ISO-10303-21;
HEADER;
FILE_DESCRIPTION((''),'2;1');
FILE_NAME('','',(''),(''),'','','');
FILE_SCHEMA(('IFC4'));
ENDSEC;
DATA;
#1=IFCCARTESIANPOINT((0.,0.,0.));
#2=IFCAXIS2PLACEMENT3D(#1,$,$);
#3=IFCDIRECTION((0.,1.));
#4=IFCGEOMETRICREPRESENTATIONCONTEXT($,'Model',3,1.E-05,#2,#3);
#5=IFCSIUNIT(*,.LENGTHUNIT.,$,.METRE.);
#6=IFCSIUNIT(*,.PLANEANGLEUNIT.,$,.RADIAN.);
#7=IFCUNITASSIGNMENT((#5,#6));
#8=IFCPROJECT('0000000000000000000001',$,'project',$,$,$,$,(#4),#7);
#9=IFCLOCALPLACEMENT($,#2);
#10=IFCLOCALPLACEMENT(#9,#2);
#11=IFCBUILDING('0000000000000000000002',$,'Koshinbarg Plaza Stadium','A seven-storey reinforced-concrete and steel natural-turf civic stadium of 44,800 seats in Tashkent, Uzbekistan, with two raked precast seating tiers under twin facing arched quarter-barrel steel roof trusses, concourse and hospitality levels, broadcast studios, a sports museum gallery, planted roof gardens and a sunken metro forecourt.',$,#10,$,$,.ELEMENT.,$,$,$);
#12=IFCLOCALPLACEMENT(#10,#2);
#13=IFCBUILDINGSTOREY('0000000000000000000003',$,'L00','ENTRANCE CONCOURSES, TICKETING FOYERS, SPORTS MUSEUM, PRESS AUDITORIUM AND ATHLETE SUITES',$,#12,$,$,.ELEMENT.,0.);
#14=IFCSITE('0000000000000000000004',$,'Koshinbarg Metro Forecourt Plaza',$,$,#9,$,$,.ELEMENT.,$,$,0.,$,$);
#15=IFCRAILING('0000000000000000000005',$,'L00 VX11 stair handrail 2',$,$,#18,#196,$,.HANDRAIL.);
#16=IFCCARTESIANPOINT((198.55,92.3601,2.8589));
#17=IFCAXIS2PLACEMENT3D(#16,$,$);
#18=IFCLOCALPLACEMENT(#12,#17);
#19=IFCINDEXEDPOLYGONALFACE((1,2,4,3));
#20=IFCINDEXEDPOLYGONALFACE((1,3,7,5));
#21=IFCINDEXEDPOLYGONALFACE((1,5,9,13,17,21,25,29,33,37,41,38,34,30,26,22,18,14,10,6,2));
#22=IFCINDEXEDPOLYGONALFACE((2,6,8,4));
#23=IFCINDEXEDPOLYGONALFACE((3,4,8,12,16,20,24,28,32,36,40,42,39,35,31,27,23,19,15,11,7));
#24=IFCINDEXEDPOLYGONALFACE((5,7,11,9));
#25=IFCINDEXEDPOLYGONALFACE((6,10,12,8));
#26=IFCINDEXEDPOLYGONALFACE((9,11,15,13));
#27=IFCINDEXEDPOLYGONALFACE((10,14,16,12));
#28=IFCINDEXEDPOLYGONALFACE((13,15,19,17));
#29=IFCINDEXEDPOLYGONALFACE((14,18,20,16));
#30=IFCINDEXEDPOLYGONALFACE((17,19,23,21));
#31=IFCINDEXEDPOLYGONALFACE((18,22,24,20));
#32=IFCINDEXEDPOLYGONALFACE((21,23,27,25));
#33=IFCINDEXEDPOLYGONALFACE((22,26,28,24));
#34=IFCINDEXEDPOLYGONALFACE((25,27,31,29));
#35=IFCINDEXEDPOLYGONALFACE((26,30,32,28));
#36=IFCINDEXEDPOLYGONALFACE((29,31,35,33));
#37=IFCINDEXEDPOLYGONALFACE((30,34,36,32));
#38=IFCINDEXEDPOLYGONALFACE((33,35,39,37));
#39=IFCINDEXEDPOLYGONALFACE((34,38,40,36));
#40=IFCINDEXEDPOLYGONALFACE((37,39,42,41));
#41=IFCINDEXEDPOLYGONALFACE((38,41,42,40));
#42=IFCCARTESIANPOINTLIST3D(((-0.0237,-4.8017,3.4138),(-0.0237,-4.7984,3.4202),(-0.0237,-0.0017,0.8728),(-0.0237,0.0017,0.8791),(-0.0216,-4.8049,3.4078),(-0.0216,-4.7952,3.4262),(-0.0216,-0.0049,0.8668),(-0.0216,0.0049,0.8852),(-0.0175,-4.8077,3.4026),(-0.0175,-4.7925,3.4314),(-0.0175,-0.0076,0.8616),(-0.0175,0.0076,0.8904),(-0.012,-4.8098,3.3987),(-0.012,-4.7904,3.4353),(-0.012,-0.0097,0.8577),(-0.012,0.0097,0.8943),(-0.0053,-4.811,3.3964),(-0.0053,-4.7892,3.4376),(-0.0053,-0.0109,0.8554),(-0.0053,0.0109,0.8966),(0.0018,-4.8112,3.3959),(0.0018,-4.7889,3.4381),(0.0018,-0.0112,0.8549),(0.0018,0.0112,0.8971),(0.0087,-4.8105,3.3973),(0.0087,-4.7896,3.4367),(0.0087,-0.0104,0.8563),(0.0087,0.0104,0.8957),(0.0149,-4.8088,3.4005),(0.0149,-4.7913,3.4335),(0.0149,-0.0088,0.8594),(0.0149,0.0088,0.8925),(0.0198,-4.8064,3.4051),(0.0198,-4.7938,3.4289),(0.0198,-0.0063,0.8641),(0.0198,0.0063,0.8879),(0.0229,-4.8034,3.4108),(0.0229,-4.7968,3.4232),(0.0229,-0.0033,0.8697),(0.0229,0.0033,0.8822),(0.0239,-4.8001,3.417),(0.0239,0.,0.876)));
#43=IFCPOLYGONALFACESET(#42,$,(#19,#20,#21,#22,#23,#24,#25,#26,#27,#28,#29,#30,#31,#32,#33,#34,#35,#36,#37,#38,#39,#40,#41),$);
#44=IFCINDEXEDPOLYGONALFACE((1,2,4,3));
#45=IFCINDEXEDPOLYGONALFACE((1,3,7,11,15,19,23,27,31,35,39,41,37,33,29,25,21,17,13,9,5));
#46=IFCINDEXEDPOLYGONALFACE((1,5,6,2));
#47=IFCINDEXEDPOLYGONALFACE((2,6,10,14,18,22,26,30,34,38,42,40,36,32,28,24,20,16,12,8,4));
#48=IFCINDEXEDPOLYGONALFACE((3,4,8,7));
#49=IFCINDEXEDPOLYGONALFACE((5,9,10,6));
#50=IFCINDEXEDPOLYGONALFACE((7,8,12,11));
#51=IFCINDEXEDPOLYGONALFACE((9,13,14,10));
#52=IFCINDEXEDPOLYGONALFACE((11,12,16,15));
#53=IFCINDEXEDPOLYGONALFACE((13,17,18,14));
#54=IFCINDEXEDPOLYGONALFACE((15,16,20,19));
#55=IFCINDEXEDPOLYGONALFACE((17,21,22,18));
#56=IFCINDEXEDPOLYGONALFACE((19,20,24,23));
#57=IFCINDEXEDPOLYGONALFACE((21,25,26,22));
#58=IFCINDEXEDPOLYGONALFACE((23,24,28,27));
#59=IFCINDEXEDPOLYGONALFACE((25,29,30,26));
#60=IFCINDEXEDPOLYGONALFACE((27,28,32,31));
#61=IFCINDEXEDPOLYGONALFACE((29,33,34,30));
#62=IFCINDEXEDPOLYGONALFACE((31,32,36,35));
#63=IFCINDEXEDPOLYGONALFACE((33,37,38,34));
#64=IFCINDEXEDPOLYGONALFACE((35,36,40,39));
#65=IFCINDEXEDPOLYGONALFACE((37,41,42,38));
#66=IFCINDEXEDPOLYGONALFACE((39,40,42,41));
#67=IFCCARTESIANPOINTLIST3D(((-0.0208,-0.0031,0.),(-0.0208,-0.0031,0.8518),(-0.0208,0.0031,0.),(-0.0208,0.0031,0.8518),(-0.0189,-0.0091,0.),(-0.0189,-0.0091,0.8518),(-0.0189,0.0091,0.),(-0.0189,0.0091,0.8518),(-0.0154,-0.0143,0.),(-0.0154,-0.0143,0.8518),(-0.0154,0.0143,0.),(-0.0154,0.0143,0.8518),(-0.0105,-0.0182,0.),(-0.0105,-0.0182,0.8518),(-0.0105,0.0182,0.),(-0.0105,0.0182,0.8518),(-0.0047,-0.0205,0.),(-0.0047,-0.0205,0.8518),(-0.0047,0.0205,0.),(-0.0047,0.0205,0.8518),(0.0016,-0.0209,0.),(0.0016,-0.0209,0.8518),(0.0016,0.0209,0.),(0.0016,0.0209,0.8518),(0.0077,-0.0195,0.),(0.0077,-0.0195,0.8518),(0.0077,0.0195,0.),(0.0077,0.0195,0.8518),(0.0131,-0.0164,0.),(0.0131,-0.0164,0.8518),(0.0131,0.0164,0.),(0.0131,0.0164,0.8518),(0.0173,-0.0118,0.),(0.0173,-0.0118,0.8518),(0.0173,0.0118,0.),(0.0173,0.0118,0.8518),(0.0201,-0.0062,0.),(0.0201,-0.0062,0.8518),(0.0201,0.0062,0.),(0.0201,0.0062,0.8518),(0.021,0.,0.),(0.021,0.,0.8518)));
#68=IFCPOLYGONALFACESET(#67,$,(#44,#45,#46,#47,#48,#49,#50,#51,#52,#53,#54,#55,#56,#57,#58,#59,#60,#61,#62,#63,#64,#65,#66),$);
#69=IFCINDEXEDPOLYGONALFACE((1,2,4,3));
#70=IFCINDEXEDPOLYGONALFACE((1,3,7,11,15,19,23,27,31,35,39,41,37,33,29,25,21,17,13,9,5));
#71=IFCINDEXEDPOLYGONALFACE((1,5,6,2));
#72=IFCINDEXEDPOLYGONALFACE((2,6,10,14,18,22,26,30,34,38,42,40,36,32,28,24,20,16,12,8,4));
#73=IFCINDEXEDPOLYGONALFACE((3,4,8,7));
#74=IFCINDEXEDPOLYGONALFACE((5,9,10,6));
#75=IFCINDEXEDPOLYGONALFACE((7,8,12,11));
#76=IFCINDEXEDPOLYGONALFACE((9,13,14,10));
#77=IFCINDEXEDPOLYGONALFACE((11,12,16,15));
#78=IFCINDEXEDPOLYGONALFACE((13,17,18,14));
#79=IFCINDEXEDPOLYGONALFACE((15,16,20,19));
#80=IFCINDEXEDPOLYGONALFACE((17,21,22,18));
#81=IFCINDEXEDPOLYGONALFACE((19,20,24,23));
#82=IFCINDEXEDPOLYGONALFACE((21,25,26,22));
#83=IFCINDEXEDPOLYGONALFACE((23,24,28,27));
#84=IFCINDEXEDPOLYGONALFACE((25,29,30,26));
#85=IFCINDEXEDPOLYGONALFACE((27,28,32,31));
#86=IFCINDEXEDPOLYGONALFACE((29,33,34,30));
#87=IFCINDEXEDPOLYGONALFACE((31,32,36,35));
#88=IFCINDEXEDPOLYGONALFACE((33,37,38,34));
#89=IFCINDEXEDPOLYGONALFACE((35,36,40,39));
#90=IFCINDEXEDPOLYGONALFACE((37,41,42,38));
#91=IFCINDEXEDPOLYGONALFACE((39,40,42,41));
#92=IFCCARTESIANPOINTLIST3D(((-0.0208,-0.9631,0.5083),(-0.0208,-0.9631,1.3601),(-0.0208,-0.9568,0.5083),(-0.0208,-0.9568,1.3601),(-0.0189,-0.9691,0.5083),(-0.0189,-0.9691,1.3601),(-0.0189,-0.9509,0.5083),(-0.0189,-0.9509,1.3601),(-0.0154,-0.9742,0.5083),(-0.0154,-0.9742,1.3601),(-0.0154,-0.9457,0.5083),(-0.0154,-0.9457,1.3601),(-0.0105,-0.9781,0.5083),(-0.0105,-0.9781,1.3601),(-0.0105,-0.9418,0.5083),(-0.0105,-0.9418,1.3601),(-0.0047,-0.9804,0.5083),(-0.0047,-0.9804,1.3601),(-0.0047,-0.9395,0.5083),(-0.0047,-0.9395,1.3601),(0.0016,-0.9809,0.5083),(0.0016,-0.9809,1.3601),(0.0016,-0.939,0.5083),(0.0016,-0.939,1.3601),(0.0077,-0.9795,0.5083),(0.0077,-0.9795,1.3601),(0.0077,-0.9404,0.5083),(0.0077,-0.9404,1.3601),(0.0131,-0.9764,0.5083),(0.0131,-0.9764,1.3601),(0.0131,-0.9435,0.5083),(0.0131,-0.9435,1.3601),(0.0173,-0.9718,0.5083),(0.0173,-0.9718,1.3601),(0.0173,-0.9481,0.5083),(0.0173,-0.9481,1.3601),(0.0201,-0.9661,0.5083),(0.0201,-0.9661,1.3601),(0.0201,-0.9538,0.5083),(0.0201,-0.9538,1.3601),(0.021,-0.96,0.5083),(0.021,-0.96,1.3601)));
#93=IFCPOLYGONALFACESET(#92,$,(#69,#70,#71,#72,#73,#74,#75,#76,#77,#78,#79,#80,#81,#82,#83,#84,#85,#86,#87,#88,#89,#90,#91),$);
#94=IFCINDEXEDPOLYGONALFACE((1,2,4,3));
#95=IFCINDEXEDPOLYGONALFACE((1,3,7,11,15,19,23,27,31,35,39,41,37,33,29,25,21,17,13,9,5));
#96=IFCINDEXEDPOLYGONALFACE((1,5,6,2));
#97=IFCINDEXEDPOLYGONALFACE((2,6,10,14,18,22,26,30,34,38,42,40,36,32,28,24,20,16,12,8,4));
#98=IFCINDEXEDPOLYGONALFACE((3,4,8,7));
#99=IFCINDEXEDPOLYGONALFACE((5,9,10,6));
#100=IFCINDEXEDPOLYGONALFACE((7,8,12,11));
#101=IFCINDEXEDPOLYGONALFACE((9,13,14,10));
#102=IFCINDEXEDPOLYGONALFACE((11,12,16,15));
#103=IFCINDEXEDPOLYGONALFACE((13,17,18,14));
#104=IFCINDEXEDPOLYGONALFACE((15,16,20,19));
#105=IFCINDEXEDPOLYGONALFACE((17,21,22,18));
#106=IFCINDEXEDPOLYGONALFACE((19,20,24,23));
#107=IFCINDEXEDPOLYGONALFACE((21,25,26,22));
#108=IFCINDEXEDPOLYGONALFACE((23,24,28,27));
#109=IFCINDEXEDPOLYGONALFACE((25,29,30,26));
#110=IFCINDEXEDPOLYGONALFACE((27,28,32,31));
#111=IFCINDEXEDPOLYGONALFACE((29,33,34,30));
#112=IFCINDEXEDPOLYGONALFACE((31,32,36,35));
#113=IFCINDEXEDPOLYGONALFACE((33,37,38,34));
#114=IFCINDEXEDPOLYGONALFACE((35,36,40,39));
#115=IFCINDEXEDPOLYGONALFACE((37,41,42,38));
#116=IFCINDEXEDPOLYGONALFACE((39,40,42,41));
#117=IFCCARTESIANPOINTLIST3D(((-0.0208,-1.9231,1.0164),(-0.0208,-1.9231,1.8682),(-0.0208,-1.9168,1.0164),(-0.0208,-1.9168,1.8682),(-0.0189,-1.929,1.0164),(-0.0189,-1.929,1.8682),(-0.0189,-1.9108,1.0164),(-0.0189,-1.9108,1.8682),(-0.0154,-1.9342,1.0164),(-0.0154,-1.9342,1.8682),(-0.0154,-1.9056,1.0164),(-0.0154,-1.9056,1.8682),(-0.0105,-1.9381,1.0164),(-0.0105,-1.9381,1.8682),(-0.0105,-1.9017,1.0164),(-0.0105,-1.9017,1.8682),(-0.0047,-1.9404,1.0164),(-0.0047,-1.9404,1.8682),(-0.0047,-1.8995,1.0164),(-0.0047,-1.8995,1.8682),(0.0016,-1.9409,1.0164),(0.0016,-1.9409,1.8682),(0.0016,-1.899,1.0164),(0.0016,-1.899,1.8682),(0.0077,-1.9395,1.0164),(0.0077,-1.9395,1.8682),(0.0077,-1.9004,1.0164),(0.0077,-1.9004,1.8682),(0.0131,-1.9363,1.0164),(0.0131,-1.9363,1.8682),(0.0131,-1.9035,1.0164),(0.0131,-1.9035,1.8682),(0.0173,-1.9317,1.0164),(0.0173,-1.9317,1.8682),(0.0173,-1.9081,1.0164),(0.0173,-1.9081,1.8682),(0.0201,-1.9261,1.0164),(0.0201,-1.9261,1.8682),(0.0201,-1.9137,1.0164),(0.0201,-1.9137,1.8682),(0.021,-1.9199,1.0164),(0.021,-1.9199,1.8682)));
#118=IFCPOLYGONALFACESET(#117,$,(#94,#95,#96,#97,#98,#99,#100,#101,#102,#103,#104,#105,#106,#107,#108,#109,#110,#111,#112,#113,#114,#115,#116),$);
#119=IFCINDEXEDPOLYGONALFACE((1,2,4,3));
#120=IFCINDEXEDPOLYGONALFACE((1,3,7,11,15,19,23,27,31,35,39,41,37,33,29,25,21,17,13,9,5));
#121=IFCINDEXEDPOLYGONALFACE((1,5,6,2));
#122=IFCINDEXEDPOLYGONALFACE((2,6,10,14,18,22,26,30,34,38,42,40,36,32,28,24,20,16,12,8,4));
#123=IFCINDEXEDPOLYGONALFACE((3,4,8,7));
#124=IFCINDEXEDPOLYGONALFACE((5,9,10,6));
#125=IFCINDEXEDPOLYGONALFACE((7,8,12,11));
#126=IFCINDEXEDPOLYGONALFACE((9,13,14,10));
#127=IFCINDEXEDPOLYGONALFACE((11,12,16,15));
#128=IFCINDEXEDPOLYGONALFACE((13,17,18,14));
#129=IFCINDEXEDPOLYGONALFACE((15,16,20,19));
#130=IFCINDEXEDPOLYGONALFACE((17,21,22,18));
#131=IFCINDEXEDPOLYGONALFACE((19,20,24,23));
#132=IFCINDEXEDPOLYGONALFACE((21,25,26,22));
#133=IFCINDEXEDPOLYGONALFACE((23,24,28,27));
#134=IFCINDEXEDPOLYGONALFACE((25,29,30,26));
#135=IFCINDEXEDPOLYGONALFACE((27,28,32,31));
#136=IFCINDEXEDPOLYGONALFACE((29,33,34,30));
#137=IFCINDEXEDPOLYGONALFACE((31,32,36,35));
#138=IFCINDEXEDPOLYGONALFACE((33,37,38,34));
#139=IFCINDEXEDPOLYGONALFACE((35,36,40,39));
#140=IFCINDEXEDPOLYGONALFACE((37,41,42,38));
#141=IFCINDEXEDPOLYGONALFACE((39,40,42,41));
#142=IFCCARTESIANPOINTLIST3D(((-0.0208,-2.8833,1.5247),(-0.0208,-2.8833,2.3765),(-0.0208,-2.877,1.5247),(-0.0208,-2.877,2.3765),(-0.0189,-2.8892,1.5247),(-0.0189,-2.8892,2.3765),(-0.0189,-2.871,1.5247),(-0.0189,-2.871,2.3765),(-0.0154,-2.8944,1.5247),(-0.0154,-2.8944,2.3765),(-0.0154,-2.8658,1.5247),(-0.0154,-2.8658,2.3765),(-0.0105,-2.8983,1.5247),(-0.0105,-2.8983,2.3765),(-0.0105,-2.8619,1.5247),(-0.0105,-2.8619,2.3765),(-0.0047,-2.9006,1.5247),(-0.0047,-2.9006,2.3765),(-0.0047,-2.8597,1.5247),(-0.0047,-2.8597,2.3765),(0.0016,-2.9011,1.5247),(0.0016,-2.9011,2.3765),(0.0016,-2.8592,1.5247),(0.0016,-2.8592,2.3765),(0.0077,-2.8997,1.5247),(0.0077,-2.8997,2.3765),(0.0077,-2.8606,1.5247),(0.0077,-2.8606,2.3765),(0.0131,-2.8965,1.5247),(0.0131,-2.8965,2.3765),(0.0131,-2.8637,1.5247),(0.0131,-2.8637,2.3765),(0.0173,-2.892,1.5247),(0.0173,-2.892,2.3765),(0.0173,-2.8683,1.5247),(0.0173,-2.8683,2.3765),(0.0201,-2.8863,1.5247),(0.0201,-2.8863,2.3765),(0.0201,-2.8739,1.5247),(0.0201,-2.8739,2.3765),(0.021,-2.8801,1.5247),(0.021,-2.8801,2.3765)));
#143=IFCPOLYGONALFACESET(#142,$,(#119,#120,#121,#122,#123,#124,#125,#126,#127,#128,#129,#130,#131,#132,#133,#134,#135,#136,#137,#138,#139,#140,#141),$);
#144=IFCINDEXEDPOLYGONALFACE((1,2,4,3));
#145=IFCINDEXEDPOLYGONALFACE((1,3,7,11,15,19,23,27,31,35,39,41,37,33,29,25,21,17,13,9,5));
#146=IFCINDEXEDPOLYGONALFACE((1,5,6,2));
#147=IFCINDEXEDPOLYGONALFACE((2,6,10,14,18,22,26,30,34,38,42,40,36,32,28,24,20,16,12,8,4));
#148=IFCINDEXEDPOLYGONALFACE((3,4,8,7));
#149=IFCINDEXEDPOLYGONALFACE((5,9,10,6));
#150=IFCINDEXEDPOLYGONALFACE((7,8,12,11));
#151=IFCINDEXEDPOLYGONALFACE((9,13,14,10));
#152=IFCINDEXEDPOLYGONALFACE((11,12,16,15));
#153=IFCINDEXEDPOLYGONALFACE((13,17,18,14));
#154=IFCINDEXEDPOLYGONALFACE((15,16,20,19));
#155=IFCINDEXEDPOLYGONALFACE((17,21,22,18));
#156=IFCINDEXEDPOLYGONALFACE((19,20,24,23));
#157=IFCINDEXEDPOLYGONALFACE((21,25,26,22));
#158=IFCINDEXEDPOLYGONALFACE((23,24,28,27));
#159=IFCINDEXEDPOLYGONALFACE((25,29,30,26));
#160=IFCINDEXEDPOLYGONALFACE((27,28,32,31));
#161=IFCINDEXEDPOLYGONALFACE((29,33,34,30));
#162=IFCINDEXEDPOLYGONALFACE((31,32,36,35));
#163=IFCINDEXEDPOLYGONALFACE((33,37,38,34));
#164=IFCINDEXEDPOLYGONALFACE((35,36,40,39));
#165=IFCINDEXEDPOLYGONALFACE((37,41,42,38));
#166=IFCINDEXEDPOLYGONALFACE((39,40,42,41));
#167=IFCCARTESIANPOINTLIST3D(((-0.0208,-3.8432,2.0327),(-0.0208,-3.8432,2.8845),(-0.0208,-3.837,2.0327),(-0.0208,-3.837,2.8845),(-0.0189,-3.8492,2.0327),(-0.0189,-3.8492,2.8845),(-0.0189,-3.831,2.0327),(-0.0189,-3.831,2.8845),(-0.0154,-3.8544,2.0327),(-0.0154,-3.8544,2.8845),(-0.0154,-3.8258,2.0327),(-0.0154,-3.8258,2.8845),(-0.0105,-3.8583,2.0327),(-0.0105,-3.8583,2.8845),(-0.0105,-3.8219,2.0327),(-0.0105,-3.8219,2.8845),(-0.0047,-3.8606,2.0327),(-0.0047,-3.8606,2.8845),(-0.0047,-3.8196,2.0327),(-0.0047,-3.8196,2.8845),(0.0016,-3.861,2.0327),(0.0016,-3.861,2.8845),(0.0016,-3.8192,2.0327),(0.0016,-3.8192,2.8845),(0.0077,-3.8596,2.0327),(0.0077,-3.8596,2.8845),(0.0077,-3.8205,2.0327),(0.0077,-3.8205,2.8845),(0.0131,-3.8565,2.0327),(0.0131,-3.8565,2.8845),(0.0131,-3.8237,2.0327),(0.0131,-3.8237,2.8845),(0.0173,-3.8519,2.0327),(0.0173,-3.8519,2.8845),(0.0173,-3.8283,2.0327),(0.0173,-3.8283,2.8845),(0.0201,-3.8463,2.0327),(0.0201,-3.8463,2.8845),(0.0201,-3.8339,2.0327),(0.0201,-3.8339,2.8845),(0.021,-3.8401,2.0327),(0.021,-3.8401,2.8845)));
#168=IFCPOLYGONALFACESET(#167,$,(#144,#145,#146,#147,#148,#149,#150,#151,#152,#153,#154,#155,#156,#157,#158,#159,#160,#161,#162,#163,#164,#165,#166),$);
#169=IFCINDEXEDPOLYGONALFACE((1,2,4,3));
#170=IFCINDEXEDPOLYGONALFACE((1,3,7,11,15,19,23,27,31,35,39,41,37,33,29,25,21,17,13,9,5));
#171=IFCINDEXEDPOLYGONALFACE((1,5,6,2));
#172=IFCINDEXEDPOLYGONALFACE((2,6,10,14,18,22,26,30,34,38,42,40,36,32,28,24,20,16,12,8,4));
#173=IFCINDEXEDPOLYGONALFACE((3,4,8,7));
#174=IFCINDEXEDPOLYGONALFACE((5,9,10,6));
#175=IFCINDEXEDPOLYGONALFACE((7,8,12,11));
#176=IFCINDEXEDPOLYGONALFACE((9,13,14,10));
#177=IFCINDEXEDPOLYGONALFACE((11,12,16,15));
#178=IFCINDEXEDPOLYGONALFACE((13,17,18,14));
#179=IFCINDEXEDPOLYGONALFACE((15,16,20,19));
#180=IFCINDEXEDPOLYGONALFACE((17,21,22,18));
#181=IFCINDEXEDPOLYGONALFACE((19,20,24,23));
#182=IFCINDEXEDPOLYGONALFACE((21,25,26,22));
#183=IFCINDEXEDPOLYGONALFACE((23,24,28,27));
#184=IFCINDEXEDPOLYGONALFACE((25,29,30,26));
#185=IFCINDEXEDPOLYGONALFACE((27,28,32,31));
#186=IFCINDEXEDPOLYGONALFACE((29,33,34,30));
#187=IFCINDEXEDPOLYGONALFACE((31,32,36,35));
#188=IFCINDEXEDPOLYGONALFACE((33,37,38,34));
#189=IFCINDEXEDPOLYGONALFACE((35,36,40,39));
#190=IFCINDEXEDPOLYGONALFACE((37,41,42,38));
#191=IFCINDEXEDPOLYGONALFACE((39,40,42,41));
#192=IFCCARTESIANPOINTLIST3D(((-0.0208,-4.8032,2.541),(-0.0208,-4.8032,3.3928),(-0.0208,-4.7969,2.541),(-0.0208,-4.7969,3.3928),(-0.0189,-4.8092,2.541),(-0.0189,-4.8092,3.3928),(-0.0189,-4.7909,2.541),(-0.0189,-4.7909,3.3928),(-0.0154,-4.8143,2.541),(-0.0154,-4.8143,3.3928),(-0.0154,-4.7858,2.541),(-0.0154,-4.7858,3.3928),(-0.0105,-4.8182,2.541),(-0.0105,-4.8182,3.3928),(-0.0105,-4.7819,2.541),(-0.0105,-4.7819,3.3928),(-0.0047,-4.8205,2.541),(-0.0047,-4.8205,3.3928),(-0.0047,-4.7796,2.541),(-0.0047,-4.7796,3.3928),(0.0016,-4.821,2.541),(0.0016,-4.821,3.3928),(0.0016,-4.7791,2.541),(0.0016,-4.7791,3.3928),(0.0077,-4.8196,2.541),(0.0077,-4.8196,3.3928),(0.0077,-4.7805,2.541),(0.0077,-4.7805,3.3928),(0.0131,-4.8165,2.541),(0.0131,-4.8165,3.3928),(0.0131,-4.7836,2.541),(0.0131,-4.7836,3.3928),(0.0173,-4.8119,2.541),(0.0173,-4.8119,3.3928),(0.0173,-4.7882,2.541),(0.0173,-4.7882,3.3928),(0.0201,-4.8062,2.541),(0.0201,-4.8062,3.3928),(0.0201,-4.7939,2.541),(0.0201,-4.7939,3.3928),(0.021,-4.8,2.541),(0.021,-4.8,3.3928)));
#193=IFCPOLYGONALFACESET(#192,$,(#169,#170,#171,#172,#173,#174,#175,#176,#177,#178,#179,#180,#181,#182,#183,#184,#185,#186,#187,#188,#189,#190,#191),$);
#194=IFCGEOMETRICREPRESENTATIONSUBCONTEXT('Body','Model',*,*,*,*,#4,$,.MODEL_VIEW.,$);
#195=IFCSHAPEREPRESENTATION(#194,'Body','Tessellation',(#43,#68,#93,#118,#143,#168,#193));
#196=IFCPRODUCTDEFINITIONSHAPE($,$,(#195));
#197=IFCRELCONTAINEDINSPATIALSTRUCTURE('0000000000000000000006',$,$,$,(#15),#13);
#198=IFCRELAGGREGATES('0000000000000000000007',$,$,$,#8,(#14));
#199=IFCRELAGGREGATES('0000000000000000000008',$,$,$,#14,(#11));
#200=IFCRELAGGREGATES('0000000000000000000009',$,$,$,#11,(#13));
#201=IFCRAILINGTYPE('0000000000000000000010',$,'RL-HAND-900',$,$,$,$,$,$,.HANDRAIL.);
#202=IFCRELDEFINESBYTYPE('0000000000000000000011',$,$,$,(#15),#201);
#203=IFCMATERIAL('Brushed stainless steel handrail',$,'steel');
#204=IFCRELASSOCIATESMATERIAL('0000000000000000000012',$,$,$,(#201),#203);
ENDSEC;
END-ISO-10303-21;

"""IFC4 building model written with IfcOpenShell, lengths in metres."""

from ifc_helpers import new_model, si_unit, direction, frame, origin, origin_2d, place, context, subcontext, project, spatial, circle, extrude, material, type_object, element, save


model = new_model("IFC4")

# Units and contexts
model_context = context("Model", 3, precision=1e-05, world=origin(), true_north=direction((0.0, 1.0)))
body_context = subcontext(model_context, "Body", "Model", "MODEL_VIEW")
ifc_project = project(units=[si_unit("LENGTHUNIT", "METRE"), si_unit("PLANEANGLEUNIT", "RADIAN")], contexts=[model_context])

# Site, building, storey
site_placement = place(None, origin())
site = spatial("IfcSite", under=ifc_project, at=site_placement, Name="Koshinbarg Metro Forecourt Plaza", CompositionType="ELEMENT", RefElevation=0.0)
building_placement = place(site_placement, origin())
building = spatial("IfcBuilding", under=site, at=building_placement, Name="Koshinbarg Plaza Stadium", Description="A seven-storey reinforced-concrete and steel natural-turf civic stadium of 44,800 seats in Tashkent, Uzbekistan, with two raked precast seating tiers under twin facing arched quarter-barrel steel roof trusses, concourse and hospitality levels, broadcast studios, a sports museum gallery, planted roof gardens and a sunken metro forecourt.", CompositionType="ELEMENT")
storey_placement = place(building_placement, origin())
storey = spatial("IfcBuildingStorey", under=building, at=storey_placement, Name="L00", Description="ENTRANCE CONCOURSES, TICKETING FOYERS, SPORTS MUSEUM, PRESS AUDITORIUM AND ATHLETE SUITES", CompositionType="ELEMENT", Elevation=0.0)

# Railing
ifc_material_1 = material(Name="Brushed stainless steel handrail", Category="steel")
railing_type_1 = type_object("IfcRailingType", Name="RL-HAND-900", PredefinedType="HANDRAIL", material=ifc_material_1)
for number, where, name in (
    (1, (198.55, 92.3601, 2.8589), "L00 VX11 stair handrail 2"),
):
    element("IfcRailing", number, at=place(storey_placement, frame(where)), inside=storey, type_object=railing_type_1, Name=name, PredefinedType="HANDRAIL", context=body_context, shape_type="SweptSolid", body=[
        extrude(circle(Radius=0.0239, at=origin_2d()), frame((0.0, 0.0, 0.876), z_axis=(0.0, -0.883802, 0.467861), x_axis=(1.0, 0.0, 0.0)), (0.0, 0.0, 1.0), 5.4312),
        extrude(circle(Radius=0.021, at=origin_2d()), origin(), (0.0, 0.0, 1.0), 0.8518),
        extrude(circle(Radius=0.021, at=origin_2d()), frame((0.0, -0.96, 0.5083)), (0.0, 0.0, 1.0), 0.8518),
        extrude(circle(Radius=0.021, at=origin_2d()), frame((0.0, -1.9199, 1.0164)), (0.0, 0.0, 1.0), 0.8518),
        extrude(circle(Radius=0.021, at=origin_2d()), frame((0.0, -2.8801, 1.5247)), (0.0, 0.0, 1.0), 0.8518),
        extrude(circle(Radius=0.021, at=origin_2d()), frame((0.0, -3.8401, 2.0327)), (0.0, 0.0, 1.0), 0.8518),
        extrude(circle(Radius=0.021, at=origin_2d()), frame((0.0, -4.8, 2.541)), (0.0, 0.0, 1.0), 0.8518),
    ])

save(model, "model.ifc")
